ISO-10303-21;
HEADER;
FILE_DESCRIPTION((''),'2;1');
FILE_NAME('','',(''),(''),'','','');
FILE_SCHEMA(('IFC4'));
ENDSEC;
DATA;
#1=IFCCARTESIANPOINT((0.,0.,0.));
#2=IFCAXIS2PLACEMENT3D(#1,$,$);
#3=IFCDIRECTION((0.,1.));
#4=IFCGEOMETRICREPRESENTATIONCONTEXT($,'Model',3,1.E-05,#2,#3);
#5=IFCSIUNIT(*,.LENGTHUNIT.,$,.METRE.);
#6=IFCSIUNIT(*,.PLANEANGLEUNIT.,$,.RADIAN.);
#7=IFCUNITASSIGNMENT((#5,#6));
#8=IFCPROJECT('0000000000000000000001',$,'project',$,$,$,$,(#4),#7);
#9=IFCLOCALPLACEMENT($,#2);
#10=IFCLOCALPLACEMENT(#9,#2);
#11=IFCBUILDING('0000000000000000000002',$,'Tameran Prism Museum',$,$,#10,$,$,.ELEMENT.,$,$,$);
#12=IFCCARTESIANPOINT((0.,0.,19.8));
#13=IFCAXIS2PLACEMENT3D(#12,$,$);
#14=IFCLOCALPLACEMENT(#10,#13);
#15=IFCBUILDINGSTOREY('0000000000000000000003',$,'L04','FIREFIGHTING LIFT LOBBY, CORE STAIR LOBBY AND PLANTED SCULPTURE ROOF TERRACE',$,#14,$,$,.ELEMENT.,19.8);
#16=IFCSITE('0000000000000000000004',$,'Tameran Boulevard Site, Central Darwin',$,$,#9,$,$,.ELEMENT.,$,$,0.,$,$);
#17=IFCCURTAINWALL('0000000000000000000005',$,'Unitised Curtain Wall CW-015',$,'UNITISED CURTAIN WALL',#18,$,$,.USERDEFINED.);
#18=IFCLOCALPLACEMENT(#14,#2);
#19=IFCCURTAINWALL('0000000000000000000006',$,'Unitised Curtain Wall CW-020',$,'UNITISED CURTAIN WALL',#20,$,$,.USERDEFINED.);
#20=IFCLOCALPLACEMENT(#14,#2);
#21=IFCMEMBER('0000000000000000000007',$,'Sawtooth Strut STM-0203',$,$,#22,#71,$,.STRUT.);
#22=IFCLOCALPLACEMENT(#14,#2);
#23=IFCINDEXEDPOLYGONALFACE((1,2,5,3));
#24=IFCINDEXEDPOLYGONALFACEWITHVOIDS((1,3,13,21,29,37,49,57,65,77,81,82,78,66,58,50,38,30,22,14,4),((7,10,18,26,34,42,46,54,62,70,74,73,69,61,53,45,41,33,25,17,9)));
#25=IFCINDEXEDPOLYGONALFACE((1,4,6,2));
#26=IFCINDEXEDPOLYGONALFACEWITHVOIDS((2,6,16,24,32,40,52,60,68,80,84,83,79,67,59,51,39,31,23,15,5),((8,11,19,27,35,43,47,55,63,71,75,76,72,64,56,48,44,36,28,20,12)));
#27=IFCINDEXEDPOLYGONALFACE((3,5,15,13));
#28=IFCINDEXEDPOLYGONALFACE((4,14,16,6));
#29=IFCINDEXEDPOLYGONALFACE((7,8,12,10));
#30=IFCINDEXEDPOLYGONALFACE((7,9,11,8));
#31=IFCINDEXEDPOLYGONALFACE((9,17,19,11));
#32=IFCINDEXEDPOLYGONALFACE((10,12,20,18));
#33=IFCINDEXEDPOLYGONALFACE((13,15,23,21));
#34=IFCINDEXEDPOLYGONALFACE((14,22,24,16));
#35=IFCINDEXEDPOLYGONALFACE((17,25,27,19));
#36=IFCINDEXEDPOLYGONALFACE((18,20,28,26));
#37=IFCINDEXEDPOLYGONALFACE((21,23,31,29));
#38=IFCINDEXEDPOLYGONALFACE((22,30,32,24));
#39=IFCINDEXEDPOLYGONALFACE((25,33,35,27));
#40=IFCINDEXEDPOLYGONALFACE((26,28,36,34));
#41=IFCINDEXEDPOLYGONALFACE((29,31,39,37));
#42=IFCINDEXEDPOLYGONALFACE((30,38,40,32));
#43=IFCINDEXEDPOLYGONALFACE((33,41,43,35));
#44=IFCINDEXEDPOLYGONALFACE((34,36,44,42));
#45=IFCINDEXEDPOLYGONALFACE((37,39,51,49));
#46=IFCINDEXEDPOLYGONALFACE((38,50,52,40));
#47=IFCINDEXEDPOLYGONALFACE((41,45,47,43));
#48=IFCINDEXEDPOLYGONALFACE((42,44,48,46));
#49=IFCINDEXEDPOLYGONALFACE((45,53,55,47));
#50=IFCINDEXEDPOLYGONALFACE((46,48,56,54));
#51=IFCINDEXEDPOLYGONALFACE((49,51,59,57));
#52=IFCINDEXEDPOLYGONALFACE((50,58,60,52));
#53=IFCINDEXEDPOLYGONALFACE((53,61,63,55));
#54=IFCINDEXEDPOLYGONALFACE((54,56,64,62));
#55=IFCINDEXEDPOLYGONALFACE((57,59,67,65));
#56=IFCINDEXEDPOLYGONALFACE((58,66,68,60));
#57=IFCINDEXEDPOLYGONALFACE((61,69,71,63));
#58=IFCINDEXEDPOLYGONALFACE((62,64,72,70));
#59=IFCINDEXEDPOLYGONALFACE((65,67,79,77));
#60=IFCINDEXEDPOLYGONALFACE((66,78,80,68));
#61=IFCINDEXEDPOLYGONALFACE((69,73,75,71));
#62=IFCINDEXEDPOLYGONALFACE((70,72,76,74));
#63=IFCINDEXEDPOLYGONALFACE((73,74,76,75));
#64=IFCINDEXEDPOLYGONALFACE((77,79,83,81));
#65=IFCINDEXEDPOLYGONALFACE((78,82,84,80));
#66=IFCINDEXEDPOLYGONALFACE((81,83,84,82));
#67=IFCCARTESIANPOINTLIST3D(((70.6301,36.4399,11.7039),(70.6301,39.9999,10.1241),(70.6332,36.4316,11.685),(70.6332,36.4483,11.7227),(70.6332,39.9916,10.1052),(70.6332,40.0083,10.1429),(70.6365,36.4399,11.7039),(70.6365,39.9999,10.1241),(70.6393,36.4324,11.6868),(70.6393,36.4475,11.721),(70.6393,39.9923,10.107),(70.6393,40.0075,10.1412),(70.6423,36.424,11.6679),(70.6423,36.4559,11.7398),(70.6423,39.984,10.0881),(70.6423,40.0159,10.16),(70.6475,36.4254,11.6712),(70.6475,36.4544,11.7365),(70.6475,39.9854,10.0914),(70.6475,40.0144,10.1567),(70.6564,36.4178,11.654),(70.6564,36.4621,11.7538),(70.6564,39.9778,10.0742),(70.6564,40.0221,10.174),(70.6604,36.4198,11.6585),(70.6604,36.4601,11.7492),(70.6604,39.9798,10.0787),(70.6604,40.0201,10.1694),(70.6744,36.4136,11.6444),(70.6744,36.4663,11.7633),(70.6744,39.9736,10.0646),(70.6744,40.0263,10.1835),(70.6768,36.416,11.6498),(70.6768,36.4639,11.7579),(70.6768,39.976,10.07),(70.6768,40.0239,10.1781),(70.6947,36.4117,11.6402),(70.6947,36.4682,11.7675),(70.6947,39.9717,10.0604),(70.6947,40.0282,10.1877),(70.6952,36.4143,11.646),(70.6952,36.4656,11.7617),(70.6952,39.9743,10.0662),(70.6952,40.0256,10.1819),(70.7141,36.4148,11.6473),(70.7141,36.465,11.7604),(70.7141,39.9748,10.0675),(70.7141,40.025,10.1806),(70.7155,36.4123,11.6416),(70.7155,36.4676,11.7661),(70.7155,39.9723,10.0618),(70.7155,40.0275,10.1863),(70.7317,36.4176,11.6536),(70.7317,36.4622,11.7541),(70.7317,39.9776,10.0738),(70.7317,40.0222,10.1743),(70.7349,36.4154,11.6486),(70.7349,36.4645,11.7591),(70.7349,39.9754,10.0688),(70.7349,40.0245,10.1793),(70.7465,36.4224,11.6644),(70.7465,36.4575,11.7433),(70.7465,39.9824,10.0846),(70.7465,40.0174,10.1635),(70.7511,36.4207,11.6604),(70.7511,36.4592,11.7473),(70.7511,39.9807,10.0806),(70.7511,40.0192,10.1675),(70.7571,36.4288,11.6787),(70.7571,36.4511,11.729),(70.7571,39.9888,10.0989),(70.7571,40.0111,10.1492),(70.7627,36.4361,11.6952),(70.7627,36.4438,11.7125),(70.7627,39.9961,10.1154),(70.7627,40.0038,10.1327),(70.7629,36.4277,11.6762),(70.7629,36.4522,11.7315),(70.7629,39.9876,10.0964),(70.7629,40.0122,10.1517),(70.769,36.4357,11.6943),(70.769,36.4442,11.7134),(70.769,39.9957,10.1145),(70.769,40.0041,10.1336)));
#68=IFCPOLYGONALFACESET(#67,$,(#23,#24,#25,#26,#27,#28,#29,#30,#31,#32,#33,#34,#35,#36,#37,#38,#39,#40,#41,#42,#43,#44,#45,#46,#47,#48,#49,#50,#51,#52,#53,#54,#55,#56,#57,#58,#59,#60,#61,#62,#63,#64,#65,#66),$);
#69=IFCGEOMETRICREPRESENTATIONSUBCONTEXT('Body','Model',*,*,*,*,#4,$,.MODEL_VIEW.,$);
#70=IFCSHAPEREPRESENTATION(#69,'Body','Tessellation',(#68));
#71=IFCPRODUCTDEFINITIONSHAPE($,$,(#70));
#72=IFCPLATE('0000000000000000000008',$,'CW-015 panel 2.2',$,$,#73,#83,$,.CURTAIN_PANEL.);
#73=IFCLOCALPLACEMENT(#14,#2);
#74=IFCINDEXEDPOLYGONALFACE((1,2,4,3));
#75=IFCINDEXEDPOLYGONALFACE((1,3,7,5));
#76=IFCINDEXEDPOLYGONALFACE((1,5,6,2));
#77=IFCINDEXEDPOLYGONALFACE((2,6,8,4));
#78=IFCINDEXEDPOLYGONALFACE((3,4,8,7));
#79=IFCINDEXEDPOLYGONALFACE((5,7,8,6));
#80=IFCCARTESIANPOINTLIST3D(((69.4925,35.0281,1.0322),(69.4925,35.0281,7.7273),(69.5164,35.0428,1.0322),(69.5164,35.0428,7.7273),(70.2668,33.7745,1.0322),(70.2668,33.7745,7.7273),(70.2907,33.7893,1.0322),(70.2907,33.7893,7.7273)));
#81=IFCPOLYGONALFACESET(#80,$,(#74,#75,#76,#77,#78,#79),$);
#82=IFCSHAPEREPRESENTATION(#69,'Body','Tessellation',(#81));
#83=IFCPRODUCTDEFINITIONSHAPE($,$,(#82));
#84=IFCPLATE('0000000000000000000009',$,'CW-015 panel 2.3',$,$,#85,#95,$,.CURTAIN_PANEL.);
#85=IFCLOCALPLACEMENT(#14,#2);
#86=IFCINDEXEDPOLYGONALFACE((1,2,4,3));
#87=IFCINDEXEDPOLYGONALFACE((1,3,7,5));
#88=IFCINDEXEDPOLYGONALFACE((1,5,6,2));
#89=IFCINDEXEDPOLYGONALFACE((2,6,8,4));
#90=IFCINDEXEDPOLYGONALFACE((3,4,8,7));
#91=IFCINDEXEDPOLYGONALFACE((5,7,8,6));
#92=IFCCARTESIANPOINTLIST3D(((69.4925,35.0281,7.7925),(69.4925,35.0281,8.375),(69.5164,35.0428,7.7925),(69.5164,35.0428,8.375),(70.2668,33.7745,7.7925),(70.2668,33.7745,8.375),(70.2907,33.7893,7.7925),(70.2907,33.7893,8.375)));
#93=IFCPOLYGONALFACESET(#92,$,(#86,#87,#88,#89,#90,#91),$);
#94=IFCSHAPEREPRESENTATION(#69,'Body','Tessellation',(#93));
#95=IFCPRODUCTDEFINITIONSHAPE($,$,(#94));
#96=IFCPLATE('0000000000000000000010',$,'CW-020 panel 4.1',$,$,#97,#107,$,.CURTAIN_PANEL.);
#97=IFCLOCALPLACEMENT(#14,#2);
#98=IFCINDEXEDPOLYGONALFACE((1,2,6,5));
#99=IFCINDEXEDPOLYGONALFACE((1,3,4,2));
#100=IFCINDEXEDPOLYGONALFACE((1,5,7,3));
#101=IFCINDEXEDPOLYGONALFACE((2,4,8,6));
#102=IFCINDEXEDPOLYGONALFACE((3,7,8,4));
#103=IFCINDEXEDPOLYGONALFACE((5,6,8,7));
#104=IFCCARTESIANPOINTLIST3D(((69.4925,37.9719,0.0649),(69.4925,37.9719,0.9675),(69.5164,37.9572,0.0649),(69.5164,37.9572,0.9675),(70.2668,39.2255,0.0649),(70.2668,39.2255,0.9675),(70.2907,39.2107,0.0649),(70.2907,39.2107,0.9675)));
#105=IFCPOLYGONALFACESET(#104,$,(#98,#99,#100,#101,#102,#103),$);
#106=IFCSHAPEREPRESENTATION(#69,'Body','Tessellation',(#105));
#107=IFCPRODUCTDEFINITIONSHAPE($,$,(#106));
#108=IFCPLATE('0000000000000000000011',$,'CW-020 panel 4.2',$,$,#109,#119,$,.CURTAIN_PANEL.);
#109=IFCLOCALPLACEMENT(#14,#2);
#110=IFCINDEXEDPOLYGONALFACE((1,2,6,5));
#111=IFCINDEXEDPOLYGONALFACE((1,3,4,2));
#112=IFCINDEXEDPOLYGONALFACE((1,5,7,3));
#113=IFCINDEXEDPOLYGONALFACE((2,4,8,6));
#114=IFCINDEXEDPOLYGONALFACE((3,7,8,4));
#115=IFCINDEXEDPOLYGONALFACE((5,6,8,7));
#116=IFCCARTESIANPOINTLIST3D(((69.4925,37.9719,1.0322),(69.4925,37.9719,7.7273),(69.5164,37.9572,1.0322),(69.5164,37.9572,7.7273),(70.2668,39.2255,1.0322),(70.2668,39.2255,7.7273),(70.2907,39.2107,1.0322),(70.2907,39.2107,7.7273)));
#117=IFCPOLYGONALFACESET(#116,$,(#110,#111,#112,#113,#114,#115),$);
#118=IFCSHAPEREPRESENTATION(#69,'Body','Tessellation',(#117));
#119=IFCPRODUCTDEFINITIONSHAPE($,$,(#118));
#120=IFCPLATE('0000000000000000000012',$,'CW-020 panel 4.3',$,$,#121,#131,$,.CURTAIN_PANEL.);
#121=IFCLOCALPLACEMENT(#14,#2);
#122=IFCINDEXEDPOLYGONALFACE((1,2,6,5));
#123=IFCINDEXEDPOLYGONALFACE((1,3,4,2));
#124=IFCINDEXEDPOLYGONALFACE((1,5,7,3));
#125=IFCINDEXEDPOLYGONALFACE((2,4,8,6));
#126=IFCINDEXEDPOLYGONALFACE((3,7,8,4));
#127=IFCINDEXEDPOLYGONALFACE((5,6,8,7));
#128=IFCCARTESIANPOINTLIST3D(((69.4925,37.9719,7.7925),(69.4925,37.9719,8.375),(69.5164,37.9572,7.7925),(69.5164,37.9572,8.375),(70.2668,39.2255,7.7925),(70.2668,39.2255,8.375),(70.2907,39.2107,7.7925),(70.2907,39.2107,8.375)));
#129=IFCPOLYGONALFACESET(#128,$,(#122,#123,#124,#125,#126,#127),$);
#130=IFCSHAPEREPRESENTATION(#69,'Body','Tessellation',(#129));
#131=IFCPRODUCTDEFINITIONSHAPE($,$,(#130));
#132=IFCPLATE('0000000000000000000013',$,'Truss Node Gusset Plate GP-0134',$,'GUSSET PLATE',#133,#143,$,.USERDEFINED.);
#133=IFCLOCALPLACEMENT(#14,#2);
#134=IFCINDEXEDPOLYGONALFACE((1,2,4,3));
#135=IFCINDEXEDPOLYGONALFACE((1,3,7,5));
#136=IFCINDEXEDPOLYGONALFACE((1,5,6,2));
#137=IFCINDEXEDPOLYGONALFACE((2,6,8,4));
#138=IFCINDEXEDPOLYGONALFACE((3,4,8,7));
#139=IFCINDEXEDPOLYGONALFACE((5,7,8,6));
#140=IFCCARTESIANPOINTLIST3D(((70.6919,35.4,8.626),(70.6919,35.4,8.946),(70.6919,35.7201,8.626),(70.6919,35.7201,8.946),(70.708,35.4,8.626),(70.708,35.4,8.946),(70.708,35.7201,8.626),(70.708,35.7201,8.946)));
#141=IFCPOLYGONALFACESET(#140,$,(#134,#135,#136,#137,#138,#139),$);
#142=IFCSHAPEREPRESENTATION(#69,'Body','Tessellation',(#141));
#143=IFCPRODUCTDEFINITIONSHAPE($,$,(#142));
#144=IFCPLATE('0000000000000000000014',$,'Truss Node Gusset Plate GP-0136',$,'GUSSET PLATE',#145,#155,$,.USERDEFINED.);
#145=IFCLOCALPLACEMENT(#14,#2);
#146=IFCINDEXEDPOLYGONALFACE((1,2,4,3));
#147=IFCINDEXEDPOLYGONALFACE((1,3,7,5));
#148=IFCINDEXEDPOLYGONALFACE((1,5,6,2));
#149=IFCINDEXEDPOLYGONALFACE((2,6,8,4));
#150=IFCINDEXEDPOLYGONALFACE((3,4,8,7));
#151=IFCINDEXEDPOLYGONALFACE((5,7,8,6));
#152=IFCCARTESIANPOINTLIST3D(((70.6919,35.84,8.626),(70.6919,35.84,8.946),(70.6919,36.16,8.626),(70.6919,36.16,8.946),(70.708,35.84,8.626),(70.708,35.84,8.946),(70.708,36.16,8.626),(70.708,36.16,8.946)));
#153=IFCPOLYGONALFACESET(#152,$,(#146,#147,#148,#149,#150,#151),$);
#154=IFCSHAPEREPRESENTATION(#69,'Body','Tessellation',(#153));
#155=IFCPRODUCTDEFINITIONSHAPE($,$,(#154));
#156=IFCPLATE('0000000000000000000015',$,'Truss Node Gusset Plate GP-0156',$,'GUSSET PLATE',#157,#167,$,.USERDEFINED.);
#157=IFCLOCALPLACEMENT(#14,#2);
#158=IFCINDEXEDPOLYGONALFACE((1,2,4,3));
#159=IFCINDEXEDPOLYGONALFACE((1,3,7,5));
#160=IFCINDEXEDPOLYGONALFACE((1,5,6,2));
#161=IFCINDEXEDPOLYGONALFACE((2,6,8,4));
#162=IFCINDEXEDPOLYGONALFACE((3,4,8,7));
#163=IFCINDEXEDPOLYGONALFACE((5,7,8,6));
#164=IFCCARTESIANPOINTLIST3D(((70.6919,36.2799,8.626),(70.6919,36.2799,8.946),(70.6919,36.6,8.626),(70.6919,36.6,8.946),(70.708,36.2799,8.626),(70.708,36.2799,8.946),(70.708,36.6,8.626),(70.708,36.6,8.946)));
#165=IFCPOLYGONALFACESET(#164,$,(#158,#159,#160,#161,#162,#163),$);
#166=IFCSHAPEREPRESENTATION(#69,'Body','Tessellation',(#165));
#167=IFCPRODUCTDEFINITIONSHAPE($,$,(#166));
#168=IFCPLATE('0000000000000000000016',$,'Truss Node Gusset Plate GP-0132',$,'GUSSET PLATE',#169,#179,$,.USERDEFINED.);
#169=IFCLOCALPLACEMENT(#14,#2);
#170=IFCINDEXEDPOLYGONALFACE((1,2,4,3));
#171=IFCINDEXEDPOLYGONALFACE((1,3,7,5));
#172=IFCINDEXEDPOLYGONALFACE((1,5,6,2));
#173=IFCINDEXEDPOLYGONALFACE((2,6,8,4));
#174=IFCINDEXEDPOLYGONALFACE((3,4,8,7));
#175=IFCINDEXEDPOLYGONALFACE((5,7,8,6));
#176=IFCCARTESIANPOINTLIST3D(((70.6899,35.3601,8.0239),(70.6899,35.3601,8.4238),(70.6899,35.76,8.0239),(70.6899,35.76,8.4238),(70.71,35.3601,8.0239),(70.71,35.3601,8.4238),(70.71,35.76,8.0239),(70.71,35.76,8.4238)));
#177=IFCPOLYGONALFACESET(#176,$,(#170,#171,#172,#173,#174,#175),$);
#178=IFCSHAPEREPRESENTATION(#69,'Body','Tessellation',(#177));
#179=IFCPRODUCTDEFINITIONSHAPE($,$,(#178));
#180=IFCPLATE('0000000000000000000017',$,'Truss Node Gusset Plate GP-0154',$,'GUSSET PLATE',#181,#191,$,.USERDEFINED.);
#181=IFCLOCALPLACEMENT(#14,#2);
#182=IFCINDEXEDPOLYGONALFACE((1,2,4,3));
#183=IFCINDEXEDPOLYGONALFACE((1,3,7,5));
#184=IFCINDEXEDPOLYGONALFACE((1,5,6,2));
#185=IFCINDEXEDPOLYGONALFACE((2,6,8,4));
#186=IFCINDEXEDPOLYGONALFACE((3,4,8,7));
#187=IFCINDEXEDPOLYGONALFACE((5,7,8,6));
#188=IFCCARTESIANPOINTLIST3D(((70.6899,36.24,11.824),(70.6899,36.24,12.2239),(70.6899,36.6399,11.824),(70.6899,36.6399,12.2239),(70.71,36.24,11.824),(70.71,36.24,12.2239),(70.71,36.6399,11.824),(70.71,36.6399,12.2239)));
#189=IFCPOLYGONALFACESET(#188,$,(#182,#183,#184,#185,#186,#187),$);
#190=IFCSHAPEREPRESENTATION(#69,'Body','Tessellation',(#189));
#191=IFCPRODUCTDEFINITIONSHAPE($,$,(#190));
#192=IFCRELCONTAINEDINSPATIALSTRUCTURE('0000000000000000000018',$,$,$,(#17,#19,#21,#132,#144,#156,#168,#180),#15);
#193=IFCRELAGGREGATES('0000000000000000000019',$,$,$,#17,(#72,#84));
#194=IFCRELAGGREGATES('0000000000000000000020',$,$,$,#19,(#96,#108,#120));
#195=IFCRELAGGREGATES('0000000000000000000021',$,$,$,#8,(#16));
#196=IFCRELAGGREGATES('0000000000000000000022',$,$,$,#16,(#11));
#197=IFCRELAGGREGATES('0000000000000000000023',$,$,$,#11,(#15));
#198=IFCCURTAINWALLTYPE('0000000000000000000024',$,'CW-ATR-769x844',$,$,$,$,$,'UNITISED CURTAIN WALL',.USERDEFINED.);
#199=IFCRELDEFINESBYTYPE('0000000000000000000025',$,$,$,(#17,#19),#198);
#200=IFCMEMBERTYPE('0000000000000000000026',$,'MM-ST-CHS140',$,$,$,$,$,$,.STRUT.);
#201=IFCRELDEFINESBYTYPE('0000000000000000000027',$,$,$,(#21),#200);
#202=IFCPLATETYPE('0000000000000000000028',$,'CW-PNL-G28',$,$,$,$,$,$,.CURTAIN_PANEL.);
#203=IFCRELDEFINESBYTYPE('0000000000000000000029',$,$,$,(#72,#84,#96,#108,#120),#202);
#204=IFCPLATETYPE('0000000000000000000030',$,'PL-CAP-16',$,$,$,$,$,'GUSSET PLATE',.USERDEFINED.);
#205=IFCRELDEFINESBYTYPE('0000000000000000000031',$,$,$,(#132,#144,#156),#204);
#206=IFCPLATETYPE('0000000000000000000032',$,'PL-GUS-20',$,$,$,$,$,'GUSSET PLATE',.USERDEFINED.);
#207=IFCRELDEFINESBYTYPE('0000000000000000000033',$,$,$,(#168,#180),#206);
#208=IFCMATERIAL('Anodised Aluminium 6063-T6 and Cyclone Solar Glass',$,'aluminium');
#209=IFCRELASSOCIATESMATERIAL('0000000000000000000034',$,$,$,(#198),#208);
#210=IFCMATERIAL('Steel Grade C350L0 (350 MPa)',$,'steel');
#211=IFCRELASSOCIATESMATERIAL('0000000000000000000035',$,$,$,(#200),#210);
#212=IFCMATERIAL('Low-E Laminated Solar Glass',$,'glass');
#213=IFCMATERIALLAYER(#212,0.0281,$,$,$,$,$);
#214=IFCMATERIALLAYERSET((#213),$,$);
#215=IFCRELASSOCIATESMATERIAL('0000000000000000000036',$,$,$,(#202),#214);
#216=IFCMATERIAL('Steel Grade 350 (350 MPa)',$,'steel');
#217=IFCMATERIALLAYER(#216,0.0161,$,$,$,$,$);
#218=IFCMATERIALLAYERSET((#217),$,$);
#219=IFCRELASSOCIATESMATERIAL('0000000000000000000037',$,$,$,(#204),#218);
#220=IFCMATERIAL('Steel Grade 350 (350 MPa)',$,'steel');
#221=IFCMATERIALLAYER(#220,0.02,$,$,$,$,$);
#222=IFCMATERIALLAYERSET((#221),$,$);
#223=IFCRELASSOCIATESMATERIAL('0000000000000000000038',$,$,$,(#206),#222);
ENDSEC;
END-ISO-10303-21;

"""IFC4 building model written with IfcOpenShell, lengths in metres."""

from ifc_helpers import new_model, si_unit, direction, frame, origin, origin_2d, place, context, subcontext, project, spatial, rectangle, hollow_circle, extrude, material, layer, layer_set, material_profile, profile_set, type_object, element, aggregate, save


model = new_model("IFC4")

# Units and contexts
model_context = context("Model", 3, precision=1e-05, world=origin(), true_north=direction((0.0, 1.0)))
body_context = subcontext(model_context, "Body", "Model", "MODEL_VIEW")
ifc_project = project(units=[si_unit("LENGTHUNIT", "METRE"), si_unit("PLANEANGLEUNIT", "RADIAN")], contexts=[model_context])

# Site, building, storey
site_placement = place(None, origin())
site = spatial("IfcSite", under=ifc_project, at=site_placement, Name="Tameran Boulevard Site, Central Darwin", CompositionType="ELEMENT", RefElevation=0.0)
building_placement = place(site_placement, origin())
building = spatial("IfcBuilding", under=site, at=building_placement, Name="Tameran Prism Museum", CompositionType="ELEMENT")
storey_placement = place(building_placement, frame((0.0, 0.0, 19.8)))
storey = spatial("IfcBuildingStorey", under=building, at=storey_placement, Name="L04", Description="FIREFIGHTING LIFT LOBBY, CORE STAIR LOBBY AND PLANTED SCULPTURE ROOF TERRACE", CompositionType="ELEMENT", Elevation=19.8)

# Curtain walls
ifc_material_1 = material(Name="Anodised Aluminium 6063-T6 and Cyclone Solar Glass", Category="aluminium")
curtain_wall_type = type_object("IfcCurtainWallType", Name="CW-ATR-769x844", ElementType="UNITISED CURTAIN WALL", PredefinedType="USERDEFINED", material=ifc_material_1)
curtain_wall_1_placement = place(storey_placement, origin())
curtain_wall_1 = element("IfcCurtainWall", 1, at=curtain_wall_1_placement, inside=storey, type_object=curtain_wall_type, Name="Unitised Curtain Wall CW-015", ObjectType="UNITISED CURTAIN WALL", PredefinedType="USERDEFINED")
curtain_wall_2_placement = place(storey_placement, origin())
curtain_wall_2 = element("IfcCurtainWall", 2, at=curtain_wall_2_placement, inside=storey, type_object=curtain_wall_type, Name="Unitised Curtain Wall CW-020", ObjectType="UNITISED CURTAIN WALL", PredefinedType="USERDEFINED")

# Member
ifc_material_2 = material(Name="Steel Grade C350L0 (350 MPa)", Category="steel")
ifc_material_profile_1 = material_profile(ifc_material_2, hollow_circle(Radius=0.0698, WallThickness=0.0063, at=origin_2d()))
ifc_profile_set_1 = profile_set([ifc_material_profile_1])
member_type_1 = type_object("IfcMemberType", Name="MM-ST-CHS140", PredefinedType="STRUT", material=ifc_profile_set_1)
member_1_placement = place(storey_placement, frame((70.7, 36.4399, 11.7039), z_axis=(0.0, 0.914041, -0.405621), x_axis=(-1.0, 0.0, 0.0)))
element("IfcMember", 3, at=member_1_placement, inside=storey, type_object=member_type_1, Name="Sawtooth Strut STM-0203", PredefinedType="STRUT", context=body_context, shape_type="SweptSolid", body=[
    extrude(hollow_circle(Radius=0.0698, WallThickness=0.0063, at=origin_2d()), origin(), (0.0, 0.0, 1.0), 3.8948),
])

# Plates
ifc_material_3 = material(Name="Low-E Laminated Solar Glass", Category="glass")
ifc_layer_1 = layer(ifc_material_3, 0.0281)
ifc_layer_set_1 = layer_set([ifc_layer_1])
plate_type_1 = type_object("IfcPlateType", Name="CW-PNL-G28", PredefinedType="CURTAIN_PANEL", material=ifc_layer_set_1)
plate_1_placement = place(storey_placement, frame((69.8916, 34.4087, 1.0322), z_axis=(0.0, 0.0, 1.0), x_axis=(0.525504, -0.850791, 0.0)))
plate_1 = element("IfcPlate", 4, at=plate_1_placement, type_object=plate_type_1, Name="CW-015 panel 2.2", PredefinedType="CURTAIN_PANEL", context=body_context, shape_type="SweptSolid", body=[
    extrude(rectangle(XDim=1.4734, YDim=0.0281, at=origin_2d()), origin(), (0.0, 0.0, 1.0), 6.6951),
])
plate_2_placement = place(storey_placement, frame((69.8916, 34.4087, 7.7925), z_axis=(0.0, 0.0, 1.0), x_axis=(0.525504, -0.850791, 0.0)))
plate_2 = element("IfcPlate", 5, at=plate_2_placement, type_object=plate_type_1, Name="CW-015 panel 2.3", PredefinedType="CURTAIN_PANEL", context=body_context, shape_type="SweptSolid", body=[
    extrude(rectangle(XDim=1.4734, YDim=0.0281, at=origin_2d()), origin(), (0.0, 0.0, 1.0), 0.5825),
])
aggregate(curtain_wall_1, [plate_1, plate_2])
plate_3_placement = place(storey_placement, frame((69.8916, 38.5913, 0.0649), z_axis=(0.0, 0.0, 1.0), x_axis=(-0.525504, -0.850791, 0.0)))
plate_3 = element("IfcPlate", 6, at=plate_3_placement, type_object=plate_type_1, Name="CW-020 panel 4.1", PredefinedType="CURTAIN_PANEL", context=body_context, shape_type="SweptSolid", body=[
    extrude(rectangle(XDim=1.4734, YDim=0.0281, at=origin_2d()), origin(), (0.0, 0.0, 1.0), 0.9026),
])
plate_4_placement = place(storey_placement, frame((69.8916, 38.5913, 1.0322), z_axis=(0.0, 0.0, 1.0), x_axis=(-0.525504, -0.850791, 0.0)))
plate_4 = element("IfcPlate", 7, at=plate_4_placement, type_object=plate_type_1, Name="CW-020 panel 4.2", PredefinedType="CURTAIN_PANEL", context=body_context, shape_type="SweptSolid", body=[
    extrude(rectangle(XDim=1.4734, YDim=0.0281, at=origin_2d()), origin(), (0.0, 0.0, 1.0), 6.6951),
])
plate_5_placement = place(storey_placement, frame((69.8916, 38.5913, 7.7925), z_axis=(0.0, 0.0, 1.0), x_axis=(-0.525504, -0.850791, 0.0)))
plate_5 = element("IfcPlate", 8, at=plate_5_placement, type_object=plate_type_1, Name="CW-020 panel 4.3", PredefinedType="CURTAIN_PANEL", context=body_context, shape_type="SweptSolid", body=[
    extrude(rectangle(XDim=1.4734, YDim=0.0281, at=origin_2d()), origin(), (0.0, 0.0, 1.0), 0.5825),
])
aggregate(curtain_wall_2, [plate_3, plate_4, plate_5])

# Plates
ifc_material_4 = material(Name="Steel Grade 350 (350 MPa)", Category="steel")
ifc_layer_2 = layer(ifc_material_4, 0.0161)
ifc_layer_set_2 = layer_set([ifc_layer_2])
plate_type_2 = type_object("IfcPlateType", Name="PL-CAP-16", ElementType="GUSSET PLATE", PredefinedType="USERDEFINED", material=ifc_layer_set_2)
for number, where, z_axis, x_axis, name in (
    (9, (70.7, 35.5601, 8.626), (0.0, 0.0, 1.0), (1.0, 0.0, 0.0), "Truss Node Gusset Plate GP-0134"),
    (10, (70.7, 36.0, 8.626), (0.0, 0.0, 1.0), (1.0, 0.0, 0.0), "Truss Node Gusset Plate GP-0136"),
    (11, (70.7, 36.4399, 8.626), (0.0, 0.0, 1.0), (1.0, 0.0, 0.0), "Truss Node Gusset Plate GP-0156"),
):
    element("IfcPlate", number, at=place(storey_placement, frame(where, z_axis=z_axis, x_axis=x_axis)), inside=storey, type_object=plate_type_2, Name=name, ObjectType="GUSSET PLATE", PredefinedType="USERDEFINED", context=body_context, shape_type="SweptSolid", body=[
        extrude(rectangle(XDim=0.0161, YDim=0.3201, at=origin_2d()), origin(), (0.0, 0.0, 1.0), 0.3201),
    ])
ifc_material_5 = material(Name="Steel Grade 350 (350 MPa)", Category="steel")
ifc_layer_3 = layer(ifc_material_5, 0.02)
ifc_layer_set_3 = layer_set([ifc_layer_3])
plate_type_3 = type_object("IfcPlateType", Name="PL-GUS-20", ElementType="GUSSET PLATE", PredefinedType="USERDEFINED", material=ifc_layer_set_3)
for number, where, z_axis, x_axis, name in (
    (12, (70.7, 35.5601, 8.0239), (0.0, 0.0, 1.0), (1.0, 0.0, 0.0), "Truss Node Gusset Plate GP-0132"),
    (13, (70.7, 36.4399, 11.824), (0.0, 0.0, 1.0), (1.0, 0.0, 0.0), "Truss Node Gusset Plate GP-0154"),
):
    element("IfcPlate", number, at=place(storey_placement, frame(where, z_axis=z_axis, x_axis=x_axis)), inside=storey, type_object=plate_type_3, Name=name, ObjectType="GUSSET PLATE", PredefinedType="USERDEFINED", context=body_context, shape_type="SweptSolid", body=[
        extrude(rectangle(XDim=0.02, YDim=0.3999, at=origin_2d()), origin(), (0.0, 0.0, 1.0), 0.3999),
    ])

save(model, "model.ifc")
